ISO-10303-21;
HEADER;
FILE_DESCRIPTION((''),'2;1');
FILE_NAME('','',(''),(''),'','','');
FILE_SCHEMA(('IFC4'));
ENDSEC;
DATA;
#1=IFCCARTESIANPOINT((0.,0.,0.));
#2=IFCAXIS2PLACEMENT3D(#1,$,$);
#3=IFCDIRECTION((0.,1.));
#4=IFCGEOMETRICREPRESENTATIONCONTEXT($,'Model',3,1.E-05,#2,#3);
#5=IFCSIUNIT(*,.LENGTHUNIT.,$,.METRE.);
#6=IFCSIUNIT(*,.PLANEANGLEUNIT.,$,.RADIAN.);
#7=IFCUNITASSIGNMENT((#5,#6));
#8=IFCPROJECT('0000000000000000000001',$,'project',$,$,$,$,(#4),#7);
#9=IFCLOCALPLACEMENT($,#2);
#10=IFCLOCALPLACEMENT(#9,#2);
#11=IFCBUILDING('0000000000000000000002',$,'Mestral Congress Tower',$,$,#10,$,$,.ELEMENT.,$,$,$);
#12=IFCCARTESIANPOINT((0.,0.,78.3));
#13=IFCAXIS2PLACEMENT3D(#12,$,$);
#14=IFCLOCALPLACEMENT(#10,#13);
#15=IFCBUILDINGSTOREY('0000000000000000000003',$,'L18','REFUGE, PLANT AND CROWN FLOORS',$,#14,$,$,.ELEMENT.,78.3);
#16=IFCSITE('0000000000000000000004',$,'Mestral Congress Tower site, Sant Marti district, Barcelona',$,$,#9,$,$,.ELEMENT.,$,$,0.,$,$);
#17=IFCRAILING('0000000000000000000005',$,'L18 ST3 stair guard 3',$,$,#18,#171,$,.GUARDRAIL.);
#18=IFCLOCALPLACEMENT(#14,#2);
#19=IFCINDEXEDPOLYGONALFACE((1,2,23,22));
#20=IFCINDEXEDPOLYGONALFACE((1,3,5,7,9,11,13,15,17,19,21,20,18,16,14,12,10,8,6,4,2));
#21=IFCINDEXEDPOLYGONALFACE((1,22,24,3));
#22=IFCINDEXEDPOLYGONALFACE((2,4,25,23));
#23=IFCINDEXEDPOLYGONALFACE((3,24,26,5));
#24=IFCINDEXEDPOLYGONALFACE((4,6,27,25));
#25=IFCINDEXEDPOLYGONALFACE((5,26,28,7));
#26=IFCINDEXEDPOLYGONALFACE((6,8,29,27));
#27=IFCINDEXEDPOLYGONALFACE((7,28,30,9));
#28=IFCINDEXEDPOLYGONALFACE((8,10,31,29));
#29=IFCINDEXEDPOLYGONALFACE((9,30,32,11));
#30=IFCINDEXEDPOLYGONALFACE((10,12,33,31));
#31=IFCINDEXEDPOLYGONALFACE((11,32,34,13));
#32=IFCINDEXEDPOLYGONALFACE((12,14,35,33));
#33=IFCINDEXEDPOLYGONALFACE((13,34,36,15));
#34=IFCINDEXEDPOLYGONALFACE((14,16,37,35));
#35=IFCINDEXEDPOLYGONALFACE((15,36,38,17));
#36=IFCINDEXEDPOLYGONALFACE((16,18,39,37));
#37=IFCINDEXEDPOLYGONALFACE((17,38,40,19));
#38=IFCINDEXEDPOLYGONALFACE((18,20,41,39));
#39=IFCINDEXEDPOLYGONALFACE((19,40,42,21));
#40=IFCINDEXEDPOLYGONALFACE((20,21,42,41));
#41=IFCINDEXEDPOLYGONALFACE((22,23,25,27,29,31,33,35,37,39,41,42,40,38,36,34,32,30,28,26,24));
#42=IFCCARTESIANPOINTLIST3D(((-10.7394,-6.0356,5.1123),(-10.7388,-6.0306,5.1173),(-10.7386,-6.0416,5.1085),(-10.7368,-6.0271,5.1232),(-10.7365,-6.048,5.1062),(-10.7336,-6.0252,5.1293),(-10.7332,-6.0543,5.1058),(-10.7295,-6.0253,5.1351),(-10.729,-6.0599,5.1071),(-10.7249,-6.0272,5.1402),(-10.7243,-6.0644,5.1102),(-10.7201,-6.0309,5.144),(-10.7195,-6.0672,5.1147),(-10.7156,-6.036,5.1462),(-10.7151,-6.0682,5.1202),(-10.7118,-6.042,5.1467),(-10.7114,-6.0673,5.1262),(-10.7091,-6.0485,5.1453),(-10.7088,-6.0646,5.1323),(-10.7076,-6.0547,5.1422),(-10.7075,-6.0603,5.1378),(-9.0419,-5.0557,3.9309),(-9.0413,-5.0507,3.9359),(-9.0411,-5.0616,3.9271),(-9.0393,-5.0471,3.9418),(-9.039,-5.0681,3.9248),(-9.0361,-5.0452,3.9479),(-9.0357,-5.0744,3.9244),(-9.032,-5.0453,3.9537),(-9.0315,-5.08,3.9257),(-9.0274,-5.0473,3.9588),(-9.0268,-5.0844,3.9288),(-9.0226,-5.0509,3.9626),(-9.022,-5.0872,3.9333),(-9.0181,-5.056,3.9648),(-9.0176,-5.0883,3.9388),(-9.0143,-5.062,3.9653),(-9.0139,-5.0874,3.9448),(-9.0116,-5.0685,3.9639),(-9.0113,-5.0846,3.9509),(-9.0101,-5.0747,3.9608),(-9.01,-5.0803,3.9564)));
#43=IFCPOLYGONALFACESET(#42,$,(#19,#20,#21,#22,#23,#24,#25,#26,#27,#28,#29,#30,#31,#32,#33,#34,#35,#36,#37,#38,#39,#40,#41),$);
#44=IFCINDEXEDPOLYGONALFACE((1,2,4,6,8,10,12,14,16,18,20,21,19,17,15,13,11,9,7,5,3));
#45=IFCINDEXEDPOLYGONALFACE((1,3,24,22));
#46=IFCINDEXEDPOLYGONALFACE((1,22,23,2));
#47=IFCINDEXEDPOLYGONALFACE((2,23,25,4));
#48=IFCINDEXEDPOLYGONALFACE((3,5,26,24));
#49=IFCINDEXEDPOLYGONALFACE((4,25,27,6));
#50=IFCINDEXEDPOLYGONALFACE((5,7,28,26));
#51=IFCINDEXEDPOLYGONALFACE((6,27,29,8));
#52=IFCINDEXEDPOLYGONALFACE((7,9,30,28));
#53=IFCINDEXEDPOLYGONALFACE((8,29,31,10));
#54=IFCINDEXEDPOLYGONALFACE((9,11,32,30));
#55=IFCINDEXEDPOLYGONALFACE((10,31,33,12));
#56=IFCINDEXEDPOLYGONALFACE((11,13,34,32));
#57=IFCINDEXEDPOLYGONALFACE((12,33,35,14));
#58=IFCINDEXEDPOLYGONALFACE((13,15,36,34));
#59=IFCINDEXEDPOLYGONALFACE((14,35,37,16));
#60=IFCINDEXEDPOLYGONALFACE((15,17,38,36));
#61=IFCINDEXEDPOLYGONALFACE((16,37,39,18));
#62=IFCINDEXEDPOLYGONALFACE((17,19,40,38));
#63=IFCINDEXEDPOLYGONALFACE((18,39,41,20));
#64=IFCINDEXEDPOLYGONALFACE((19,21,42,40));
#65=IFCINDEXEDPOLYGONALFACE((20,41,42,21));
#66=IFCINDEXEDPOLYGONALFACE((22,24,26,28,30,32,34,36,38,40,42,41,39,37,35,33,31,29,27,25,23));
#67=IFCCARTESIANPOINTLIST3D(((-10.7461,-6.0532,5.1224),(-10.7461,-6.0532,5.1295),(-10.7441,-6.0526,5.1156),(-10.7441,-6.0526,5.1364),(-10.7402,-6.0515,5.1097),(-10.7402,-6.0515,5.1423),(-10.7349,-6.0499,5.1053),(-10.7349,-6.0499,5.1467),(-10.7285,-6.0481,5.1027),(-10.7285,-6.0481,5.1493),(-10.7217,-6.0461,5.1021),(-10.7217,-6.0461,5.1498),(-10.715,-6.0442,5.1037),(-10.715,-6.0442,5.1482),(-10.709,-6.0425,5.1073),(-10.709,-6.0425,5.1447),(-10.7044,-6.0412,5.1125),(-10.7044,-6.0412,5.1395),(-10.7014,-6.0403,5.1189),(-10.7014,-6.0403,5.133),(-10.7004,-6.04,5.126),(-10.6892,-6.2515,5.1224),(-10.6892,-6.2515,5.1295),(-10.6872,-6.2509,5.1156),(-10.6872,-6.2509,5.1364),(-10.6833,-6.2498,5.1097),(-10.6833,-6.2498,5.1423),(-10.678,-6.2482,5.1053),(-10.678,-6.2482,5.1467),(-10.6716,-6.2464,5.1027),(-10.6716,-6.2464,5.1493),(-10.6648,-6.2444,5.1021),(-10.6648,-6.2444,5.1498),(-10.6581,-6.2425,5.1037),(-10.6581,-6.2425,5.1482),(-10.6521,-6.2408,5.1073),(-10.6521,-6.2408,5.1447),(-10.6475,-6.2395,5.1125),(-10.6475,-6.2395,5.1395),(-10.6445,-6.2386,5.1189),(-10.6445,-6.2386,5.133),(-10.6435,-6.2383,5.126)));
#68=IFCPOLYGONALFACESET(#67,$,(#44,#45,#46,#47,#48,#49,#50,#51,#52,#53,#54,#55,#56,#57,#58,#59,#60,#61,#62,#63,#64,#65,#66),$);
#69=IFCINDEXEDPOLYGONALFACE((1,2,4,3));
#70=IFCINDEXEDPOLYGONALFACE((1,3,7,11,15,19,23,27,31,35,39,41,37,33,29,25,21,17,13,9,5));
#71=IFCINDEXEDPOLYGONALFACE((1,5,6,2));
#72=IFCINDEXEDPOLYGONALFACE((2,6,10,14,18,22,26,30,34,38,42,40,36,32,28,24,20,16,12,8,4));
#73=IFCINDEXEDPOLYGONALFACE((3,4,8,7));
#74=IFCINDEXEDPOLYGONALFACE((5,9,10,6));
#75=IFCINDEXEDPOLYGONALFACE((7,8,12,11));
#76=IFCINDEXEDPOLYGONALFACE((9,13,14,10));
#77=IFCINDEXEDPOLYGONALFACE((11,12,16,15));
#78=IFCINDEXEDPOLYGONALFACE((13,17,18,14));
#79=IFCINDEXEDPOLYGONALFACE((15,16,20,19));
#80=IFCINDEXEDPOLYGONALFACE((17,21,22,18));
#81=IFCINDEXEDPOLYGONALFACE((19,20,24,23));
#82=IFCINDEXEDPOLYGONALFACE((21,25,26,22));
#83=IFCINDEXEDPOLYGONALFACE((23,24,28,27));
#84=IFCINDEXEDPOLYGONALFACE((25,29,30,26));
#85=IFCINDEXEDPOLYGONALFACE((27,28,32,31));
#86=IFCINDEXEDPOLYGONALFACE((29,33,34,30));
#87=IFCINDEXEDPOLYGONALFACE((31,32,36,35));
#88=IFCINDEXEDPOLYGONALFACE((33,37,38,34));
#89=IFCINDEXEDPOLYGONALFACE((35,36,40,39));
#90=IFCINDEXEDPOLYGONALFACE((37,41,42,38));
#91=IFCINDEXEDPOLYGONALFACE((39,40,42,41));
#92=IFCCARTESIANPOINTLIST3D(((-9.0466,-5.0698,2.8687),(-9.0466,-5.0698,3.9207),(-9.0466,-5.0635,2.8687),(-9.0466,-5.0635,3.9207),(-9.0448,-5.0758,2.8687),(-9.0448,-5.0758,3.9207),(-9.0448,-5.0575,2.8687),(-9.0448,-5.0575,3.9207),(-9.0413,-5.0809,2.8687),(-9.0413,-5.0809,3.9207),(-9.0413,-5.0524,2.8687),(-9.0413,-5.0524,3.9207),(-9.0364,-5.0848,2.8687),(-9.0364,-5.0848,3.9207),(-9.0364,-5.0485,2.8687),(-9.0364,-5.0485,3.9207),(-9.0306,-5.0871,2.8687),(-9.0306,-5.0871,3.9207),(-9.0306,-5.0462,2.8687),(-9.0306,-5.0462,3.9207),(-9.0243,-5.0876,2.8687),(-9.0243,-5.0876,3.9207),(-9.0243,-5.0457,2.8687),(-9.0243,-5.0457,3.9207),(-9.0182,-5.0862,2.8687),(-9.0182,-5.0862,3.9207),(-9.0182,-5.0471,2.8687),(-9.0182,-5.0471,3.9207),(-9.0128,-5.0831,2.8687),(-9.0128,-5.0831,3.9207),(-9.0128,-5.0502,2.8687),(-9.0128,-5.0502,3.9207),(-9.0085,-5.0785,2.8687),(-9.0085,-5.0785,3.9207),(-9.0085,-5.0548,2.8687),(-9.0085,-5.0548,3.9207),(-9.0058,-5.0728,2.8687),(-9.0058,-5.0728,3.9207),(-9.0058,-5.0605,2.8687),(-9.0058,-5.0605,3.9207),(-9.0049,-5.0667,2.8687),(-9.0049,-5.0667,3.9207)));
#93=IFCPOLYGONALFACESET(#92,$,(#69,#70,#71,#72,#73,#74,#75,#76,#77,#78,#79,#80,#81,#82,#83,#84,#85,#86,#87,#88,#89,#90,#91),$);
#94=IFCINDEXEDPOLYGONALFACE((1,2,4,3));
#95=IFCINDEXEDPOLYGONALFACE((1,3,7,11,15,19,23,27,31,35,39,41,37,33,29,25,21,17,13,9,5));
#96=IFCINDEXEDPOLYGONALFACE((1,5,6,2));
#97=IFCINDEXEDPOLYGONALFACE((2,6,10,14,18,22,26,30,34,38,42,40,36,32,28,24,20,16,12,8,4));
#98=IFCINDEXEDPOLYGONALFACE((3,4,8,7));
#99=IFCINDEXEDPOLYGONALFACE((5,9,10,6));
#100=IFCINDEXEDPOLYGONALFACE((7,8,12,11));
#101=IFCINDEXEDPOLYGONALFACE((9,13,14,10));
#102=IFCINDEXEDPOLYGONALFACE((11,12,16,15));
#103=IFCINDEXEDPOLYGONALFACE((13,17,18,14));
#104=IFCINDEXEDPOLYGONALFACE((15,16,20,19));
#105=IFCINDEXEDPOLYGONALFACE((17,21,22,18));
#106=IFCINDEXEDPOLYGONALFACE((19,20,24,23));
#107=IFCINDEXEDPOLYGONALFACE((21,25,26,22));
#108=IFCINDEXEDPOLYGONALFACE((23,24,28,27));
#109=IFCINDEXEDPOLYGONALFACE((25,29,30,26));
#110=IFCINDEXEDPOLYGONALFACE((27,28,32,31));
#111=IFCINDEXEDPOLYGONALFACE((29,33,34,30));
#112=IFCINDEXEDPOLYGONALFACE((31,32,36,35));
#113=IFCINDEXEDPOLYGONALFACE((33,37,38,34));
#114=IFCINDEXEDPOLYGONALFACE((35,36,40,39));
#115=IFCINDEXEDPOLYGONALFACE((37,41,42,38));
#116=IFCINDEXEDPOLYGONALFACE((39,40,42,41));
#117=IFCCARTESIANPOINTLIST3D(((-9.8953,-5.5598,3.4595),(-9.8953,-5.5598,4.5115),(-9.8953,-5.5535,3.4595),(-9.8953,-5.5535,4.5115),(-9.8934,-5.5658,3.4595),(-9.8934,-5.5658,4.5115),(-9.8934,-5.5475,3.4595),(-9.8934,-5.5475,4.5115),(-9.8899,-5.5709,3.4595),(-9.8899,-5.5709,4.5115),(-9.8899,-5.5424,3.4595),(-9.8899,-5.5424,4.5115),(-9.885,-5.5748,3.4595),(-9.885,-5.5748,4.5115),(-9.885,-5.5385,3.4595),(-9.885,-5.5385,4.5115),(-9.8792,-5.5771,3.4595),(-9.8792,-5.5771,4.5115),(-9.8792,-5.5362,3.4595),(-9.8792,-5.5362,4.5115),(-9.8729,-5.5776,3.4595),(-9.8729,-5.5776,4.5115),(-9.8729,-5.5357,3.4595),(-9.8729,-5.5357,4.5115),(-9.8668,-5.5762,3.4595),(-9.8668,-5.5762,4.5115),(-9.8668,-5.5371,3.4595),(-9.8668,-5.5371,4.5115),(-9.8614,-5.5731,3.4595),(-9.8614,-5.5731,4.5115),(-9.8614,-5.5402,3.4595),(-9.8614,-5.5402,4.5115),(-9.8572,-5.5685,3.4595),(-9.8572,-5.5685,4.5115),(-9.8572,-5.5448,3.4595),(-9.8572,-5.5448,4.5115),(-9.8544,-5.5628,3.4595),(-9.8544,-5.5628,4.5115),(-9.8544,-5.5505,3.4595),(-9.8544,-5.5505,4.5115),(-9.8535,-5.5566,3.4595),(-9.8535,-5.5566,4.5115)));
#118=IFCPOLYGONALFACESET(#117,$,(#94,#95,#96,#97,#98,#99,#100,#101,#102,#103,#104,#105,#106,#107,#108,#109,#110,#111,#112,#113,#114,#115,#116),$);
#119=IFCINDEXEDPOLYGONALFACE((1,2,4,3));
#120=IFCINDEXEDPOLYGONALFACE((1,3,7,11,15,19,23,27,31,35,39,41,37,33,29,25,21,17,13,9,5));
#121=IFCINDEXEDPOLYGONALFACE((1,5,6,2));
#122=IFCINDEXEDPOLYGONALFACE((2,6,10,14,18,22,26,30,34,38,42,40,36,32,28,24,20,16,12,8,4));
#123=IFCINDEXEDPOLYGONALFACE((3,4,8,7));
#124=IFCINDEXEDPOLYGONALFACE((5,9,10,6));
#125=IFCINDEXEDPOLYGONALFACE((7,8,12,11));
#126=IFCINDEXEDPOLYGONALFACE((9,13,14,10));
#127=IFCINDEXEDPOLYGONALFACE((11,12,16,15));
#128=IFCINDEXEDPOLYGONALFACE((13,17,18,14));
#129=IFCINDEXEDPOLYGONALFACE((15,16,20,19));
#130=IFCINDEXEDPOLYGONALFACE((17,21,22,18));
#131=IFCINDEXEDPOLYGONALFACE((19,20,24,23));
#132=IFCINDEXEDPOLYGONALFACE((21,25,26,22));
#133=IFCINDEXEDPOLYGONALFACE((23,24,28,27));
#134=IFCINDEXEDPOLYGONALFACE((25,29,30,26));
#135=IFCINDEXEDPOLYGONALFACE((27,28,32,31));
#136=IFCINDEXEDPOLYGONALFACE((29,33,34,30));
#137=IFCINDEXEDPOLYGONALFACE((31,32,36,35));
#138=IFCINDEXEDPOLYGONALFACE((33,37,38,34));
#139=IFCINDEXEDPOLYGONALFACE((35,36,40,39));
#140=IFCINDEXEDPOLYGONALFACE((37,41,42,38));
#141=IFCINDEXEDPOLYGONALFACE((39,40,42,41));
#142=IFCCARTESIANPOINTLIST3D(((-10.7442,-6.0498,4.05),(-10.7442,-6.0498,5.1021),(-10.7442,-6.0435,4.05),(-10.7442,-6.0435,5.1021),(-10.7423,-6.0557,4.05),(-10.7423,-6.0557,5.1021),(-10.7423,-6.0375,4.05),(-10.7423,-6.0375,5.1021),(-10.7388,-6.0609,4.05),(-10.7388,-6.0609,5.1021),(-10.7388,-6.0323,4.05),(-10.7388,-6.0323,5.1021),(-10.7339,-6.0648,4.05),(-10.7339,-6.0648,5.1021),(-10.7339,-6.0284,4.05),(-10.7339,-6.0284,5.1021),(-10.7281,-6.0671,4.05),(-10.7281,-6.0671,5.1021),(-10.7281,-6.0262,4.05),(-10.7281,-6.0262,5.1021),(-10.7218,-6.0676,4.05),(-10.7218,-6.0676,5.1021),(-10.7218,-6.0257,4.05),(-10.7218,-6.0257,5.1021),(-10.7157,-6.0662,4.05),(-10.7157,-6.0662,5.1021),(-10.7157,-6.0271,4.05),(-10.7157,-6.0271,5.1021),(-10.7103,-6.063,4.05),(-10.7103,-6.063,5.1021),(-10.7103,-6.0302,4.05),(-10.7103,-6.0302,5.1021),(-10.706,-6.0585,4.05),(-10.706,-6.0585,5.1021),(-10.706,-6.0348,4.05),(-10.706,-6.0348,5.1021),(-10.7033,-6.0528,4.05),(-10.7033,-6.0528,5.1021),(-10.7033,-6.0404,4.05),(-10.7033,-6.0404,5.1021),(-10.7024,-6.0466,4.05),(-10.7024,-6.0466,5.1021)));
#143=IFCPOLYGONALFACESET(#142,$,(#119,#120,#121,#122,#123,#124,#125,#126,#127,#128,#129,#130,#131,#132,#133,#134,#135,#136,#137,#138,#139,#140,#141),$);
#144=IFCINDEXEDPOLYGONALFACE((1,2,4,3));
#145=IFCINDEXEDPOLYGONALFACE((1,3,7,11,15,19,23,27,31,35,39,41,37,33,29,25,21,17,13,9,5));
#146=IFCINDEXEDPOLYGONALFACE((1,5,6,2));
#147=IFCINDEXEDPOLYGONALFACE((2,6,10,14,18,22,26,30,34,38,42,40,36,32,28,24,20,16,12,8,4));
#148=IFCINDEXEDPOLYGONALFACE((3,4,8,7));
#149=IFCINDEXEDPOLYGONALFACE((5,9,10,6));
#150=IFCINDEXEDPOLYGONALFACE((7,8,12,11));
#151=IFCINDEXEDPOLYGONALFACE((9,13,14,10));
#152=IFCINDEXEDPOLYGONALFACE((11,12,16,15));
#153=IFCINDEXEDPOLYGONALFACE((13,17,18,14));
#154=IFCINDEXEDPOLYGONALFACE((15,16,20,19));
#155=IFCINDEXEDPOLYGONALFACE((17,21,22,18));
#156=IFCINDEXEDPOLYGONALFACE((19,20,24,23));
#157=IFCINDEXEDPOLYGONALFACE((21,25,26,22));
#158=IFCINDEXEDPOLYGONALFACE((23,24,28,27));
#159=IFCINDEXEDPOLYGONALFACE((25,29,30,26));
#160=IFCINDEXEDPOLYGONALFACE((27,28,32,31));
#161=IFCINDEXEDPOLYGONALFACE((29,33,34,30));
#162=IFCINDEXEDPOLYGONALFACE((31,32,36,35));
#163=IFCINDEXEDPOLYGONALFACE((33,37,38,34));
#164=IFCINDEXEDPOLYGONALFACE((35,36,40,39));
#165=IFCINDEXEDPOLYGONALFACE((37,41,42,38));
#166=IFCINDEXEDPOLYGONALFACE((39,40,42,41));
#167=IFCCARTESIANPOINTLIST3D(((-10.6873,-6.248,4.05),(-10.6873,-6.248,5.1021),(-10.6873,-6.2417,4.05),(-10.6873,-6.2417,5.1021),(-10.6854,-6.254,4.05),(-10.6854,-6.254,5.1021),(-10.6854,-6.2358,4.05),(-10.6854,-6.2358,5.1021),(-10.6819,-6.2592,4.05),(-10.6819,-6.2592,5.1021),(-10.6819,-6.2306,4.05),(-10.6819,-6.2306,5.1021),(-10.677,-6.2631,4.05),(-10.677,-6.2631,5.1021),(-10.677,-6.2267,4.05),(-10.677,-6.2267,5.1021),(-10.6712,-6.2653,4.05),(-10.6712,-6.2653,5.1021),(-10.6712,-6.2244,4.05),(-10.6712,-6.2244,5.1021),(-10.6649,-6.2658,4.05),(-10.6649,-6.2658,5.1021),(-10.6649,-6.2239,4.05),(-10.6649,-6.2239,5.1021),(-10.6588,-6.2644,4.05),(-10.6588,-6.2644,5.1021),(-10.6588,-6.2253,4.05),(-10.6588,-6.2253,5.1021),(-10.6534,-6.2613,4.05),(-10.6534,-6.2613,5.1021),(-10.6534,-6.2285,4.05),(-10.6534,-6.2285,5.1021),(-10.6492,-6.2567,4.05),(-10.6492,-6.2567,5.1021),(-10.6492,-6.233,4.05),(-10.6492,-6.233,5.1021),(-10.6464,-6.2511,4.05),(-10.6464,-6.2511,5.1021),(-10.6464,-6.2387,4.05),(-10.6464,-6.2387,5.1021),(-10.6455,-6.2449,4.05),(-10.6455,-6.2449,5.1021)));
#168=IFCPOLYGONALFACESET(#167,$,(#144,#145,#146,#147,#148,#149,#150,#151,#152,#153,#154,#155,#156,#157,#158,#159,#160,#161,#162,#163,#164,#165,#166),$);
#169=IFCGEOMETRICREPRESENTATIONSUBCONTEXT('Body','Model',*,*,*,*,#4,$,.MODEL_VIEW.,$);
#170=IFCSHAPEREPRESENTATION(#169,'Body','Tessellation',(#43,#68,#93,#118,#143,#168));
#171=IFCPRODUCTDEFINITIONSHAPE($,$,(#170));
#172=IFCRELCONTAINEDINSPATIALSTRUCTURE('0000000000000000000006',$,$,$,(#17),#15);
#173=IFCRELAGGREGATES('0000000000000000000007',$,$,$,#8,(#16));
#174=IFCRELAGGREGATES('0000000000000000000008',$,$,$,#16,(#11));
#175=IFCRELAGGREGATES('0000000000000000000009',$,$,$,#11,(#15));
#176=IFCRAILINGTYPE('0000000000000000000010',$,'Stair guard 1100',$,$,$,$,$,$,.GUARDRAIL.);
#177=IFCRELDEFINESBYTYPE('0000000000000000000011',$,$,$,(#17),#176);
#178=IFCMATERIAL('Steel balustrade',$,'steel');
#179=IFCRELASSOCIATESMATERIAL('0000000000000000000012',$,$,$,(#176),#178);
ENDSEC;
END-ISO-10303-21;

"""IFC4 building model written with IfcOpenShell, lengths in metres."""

from ifc_helpers import new_model, si_unit, direction, frame, origin, origin_2d, place, context, subcontext, project, spatial, circle, extrude, material, type_object, element, save


model = new_model("IFC4")

# Units and contexts
model_context = context("Model", 3, precision=1e-05, world=origin(), true_north=direction((0.0, 1.0)))
body_context = subcontext(model_context, "Body", "Model", "MODEL_VIEW")
ifc_project = project(units=[si_unit("LENGTHUNIT", "METRE"), si_unit("PLANEANGLEUNIT", "RADIAN")], contexts=[model_context])

# Site, building, storey
site_placement = place(None, origin())
site = spatial("IfcSite", under=ifc_project, at=site_placement, Name="Mestral Congress Tower site, Sant Marti district, Barcelona", CompositionType="ELEMENT", RefElevation=0.0)
building_placement = place(site_placement, origin())
building = spatial("IfcBuilding", under=site, at=building_placement, Name="Mestral Congress Tower", CompositionType="ELEMENT")
storey_placement = place(building_placement, frame((0.0, 0.0, 78.3)))
storey = spatial("IfcBuildingStorey", under=building, at=storey_placement, Name="L18", Description="REFUGE, PLANT AND CROWN FLOORS", CompositionType="ELEMENT", Elevation=78.3)

# Railing
ifc_material_1 = material(Name="Steel balustrade", Category="steel")
railing_type = type_object("IfcRailingType", Name="Stair guard 1100", PredefinedType="GUARDRAIL", material=ifc_material_1)
railing_placement = place(storey_placement, frame((-9.0259, -5.0667, 2.8687)))
element("IfcRailing", 1, at=railing_placement, inside=storey, type_object=railing_type, Name="L18 ST3 stair guard 3", PredefinedType="GUARDRAIL", context=body_context, shape_type="SweptSolid", body=[
    extrude(circle(Radius=0.0239, at=origin_2d()), frame((0.0, 0.0, 1.0762), z_axis=(-0.741731, -0.428205, 0.516214), x_axis=(0.49997, -0.866042, 0.0)), (0.0, 0.0, 1.0), 2.2886),
    extrude(circle(Radius=0.0239, at=origin_2d()), frame((-1.6975, -0.98, 2.2573), z_axis=(0.275815, -0.961211, 0.0), x_axis=(0.961211, 0.275815, 0.0)), (0.0, 0.0, 1.0), 0.2063),
    extrude(circle(Radius=0.021, at=origin_2d()), origin(), (0.0, 0.0, 1.0), 1.052),
    extrude(circle(Radius=0.021, at=origin_2d()), frame((-0.8486, -0.49, 0.5908)), (0.0, 0.0, 1.0), 1.052),
    extrude(circle(Radius=0.021, at=origin_2d()), frame((-1.6975, -0.98, 1.1814)), (0.0, 0.0, 1.0), 1.052),
    extrude(circle(Radius=0.021, at=origin_2d()), frame((-1.6406, -1.1782, 1.1814)), (0.0, 0.0, 1.0), 1.052),
])

save(model, "model.ifc")
